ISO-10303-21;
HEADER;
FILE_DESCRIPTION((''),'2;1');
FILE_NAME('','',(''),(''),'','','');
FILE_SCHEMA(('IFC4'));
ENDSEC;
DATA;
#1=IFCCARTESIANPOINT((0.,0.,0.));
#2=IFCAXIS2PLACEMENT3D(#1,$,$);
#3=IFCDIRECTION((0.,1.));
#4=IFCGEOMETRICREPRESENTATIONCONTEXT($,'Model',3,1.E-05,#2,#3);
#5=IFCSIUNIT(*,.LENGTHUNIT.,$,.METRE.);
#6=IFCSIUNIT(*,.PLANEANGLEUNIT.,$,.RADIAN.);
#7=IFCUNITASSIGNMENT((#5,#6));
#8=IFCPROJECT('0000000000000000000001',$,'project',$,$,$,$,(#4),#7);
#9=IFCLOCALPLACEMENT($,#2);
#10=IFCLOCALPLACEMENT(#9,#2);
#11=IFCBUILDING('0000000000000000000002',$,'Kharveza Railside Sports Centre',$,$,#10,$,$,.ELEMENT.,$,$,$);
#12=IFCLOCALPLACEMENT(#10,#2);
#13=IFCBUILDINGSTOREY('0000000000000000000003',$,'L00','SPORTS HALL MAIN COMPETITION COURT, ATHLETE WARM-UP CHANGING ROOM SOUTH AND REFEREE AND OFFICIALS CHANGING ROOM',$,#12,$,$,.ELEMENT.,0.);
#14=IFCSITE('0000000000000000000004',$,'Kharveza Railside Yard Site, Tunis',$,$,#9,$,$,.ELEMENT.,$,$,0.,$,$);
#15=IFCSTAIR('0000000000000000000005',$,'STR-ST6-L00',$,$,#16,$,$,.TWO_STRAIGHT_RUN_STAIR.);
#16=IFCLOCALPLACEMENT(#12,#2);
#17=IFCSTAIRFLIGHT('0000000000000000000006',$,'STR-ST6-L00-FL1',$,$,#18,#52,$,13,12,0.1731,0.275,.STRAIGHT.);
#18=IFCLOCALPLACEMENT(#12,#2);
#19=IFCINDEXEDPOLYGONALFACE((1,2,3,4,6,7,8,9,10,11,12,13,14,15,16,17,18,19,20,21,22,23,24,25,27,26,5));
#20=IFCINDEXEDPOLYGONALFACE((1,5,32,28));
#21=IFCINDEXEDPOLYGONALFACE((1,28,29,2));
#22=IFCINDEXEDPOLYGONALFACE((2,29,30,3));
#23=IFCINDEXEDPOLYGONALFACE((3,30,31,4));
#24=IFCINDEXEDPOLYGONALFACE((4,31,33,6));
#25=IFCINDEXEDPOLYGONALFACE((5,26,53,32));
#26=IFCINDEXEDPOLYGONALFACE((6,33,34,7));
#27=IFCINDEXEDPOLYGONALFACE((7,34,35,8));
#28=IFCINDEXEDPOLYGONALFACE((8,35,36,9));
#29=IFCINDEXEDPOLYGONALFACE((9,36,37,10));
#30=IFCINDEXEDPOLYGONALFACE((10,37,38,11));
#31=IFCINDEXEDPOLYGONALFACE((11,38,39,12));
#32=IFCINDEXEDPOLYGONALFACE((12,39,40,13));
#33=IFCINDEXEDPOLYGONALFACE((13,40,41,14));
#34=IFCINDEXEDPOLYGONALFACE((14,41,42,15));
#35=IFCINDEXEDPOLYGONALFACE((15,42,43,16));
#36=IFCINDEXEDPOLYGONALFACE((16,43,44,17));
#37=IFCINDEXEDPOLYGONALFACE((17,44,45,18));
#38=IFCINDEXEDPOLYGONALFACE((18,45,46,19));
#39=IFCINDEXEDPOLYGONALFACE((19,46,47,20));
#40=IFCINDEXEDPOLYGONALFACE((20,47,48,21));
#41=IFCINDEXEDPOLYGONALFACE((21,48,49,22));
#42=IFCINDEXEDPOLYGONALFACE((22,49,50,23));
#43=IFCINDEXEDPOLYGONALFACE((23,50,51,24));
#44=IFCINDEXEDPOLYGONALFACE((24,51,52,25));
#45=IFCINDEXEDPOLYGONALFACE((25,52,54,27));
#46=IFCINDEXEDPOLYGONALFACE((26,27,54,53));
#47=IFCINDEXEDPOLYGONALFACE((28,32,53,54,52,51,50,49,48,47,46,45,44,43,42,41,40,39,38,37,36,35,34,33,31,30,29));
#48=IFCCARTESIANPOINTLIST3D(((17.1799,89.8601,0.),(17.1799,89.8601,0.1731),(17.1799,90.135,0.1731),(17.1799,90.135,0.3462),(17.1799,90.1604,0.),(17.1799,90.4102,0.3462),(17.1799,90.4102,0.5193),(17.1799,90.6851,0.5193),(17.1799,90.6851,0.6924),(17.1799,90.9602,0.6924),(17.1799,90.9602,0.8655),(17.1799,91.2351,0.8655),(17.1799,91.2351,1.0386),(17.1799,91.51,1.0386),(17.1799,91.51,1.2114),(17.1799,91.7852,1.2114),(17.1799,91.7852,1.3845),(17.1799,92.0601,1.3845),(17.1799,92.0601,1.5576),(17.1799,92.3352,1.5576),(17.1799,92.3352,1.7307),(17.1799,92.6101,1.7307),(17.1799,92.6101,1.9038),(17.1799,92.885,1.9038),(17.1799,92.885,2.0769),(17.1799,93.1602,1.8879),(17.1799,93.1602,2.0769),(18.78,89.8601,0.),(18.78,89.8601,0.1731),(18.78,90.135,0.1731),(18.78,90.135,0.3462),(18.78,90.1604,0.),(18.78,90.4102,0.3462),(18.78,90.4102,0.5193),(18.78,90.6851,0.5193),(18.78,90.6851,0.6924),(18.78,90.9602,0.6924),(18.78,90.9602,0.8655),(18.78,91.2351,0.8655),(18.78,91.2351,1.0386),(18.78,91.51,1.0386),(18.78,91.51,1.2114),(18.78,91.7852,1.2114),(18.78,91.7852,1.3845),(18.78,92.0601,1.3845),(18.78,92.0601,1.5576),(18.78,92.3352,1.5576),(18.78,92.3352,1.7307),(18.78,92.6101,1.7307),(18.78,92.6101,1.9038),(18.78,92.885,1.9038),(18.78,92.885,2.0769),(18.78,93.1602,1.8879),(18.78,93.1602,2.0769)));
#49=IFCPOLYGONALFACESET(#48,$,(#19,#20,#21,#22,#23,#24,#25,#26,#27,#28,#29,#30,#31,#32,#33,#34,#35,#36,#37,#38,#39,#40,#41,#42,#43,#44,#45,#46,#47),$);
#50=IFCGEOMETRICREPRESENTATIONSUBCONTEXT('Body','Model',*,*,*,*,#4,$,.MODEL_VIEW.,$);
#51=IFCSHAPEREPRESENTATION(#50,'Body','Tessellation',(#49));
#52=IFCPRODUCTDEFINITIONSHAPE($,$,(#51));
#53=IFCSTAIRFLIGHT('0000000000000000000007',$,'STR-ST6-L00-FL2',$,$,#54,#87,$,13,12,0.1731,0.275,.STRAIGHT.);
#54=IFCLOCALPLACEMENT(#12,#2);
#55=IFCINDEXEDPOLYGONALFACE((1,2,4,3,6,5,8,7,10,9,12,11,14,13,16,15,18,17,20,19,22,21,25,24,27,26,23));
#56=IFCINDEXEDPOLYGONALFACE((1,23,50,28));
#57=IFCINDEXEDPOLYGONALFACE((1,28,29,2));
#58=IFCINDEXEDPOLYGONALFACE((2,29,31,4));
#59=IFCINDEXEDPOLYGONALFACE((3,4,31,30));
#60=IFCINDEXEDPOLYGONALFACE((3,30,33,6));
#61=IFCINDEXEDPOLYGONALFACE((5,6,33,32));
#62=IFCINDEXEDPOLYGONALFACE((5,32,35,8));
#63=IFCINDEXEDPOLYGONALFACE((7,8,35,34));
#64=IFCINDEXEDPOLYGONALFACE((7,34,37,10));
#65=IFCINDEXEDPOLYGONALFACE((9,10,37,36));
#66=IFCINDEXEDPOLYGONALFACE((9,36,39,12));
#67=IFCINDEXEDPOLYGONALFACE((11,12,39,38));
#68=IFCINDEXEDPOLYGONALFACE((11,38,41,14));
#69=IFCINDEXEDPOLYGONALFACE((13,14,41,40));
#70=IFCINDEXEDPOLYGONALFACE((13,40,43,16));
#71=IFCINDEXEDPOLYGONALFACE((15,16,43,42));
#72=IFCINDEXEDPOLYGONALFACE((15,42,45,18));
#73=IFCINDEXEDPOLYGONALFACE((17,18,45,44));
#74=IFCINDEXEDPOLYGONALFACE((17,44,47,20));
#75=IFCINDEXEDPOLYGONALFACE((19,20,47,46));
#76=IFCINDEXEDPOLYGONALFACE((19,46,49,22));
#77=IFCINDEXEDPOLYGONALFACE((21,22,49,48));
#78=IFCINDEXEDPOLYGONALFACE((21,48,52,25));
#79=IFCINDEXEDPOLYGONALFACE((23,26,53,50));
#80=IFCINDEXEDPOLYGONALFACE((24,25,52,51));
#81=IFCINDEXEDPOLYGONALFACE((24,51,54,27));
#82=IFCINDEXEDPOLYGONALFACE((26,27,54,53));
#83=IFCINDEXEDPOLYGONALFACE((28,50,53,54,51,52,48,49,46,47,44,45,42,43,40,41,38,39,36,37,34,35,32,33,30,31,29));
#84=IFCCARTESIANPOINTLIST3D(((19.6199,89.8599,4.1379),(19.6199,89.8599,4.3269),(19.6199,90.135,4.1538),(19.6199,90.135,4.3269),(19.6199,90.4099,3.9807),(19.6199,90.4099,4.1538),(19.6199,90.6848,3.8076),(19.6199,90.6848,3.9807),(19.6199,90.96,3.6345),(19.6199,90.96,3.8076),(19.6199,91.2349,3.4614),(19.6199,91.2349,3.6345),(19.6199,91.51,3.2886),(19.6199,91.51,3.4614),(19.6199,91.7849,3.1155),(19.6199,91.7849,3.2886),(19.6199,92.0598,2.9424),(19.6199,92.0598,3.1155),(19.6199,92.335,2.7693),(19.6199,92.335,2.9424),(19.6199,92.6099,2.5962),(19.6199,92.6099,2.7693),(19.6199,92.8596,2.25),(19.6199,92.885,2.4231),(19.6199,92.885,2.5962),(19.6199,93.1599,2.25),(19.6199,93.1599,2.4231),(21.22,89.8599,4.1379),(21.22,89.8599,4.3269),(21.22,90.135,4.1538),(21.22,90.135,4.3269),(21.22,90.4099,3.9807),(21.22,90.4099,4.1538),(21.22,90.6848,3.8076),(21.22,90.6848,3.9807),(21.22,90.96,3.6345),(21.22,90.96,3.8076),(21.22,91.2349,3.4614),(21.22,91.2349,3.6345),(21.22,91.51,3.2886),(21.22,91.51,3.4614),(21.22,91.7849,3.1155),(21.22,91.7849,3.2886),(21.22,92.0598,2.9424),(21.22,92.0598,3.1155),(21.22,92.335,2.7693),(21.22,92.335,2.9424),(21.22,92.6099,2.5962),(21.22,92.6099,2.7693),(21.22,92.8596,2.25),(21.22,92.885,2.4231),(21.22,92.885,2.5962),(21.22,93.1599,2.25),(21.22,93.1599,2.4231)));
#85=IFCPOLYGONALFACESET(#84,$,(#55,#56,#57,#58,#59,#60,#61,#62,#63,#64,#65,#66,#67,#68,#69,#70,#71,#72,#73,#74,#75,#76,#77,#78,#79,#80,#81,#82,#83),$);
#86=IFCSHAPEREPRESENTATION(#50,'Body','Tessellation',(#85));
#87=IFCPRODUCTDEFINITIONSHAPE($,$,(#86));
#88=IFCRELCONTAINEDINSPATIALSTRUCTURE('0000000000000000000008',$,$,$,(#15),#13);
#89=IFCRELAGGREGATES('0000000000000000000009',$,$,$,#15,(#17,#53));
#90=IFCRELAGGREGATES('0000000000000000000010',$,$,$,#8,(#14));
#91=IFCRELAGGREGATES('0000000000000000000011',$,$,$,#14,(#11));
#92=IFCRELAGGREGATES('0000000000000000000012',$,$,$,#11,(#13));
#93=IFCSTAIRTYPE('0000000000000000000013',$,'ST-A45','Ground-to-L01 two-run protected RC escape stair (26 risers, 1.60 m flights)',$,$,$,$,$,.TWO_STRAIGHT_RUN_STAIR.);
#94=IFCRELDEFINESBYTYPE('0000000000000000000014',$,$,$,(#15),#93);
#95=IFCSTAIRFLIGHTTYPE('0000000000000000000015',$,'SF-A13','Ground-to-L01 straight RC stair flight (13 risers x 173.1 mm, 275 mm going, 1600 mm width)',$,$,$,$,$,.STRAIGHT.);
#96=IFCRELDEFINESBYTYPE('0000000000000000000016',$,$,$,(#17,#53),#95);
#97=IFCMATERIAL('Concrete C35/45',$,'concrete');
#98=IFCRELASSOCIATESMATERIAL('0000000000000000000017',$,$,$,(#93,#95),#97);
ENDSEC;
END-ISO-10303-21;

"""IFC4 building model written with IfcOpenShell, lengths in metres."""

from ifc_helpers import new_model, si_unit, direction, frame, origin, place, context, subcontext, project, spatial, polyline, outline, extrude, material, type_object, element, aggregate, save


model = new_model("IFC4")

# Units and contexts
model_context = context("Model", 3, precision=1e-05, world=origin(), true_north=direction((0.0, 1.0)))
body_context = subcontext(model_context, "Body", "Model", "MODEL_VIEW")
ifc_project = project(units=[si_unit("LENGTHUNIT", "METRE"), si_unit("PLANEANGLEUNIT", "RADIAN")], contexts=[model_context])

# Site, building, storey
site_placement = place(None, origin())
site = spatial("IfcSite", under=ifc_project, at=site_placement, Name="Kharveza Railside Yard Site, Tunis", CompositionType="ELEMENT", RefElevation=0.0)
building_placement = place(site_placement, origin())
building = spatial("IfcBuilding", under=site, at=building_placement, Name="Kharveza Railside Sports Centre", CompositionType="ELEMENT")
storey_placement = place(building_placement, origin())
storey = spatial("IfcBuildingStorey", under=building, at=storey_placement, Name="L00", Description="SPORTS HALL MAIN COMPETITION COURT, ATHLETE WARM-UP CHANGING ROOM SOUTH AND REFEREE AND OFFICIALS CHANGING ROOM", CompositionType="ELEMENT", Elevation=0.0)

# Shared definitions
ifc_material_1 = material(Name="Concrete C35/45", Category="concrete")

# Stair, stair flights
stair_type = type_object("IfcStairType", Name="ST-A45", Description="Ground-to-L01 two-run protected RC escape stair (26 risers, 1.60 m flights)", PredefinedType="TWO_STRAIGHT_RUN_STAIR", material=ifc_material_1)
stair_placement = place(storey_placement, origin())
stair = element("IfcStair", 1, at=stair_placement, inside=storey, type_object=stair_type, Name="STR-ST6-L00", PredefinedType="TWO_STRAIGHT_RUN_STAIR")
stair_flight_type = type_object("IfcStairFlightType", Name="SF-A13", Description="Ground-to-L01 straight RC stair flight (13 risers x 173.1 mm, 275 mm going, 1600 mm width)", PredefinedType="STRAIGHT", material=ifc_material_1)
stair_flight_1_placement = place(storey_placement, frame((17.98, 89.8601, 0.0), z_axis=(0.0, 0.0, 1.0), x_axis=(0.0, 1.0, 0.0)))
stair_flight_1 = element("IfcStairFlight", 2, at=stair_flight_1_placement, type_object=stair_flight_type, Name="STR-ST6-L00-FL1", NumberOfRisers=13, NumberOfTreads=12, PredefinedType="STRAIGHT", RiserHeight=0.1731, TreadLength=0.275, context=body_context, shape_type="SweptSolid", body=[
    extrude(outline(polyline([(0.0, 0.0), (0.0, 0.1731), (0.2749, 0.1731), (0.2749, 0.3462), (0.55, 0.3462), (0.55, 0.5193), (0.825, 0.5193), (0.825, 0.6924), (1.1001, 0.6924), (1.1001, 0.8655), (1.375, 0.8655), (1.375, 1.0386), (1.6499, 1.0386), (1.6499, 1.2114), (1.925, 1.2114), (1.925, 1.3845), (2.2, 1.3845), (2.2, 1.5576), (2.4751, 1.5576), (2.4751, 1.7307), (2.75, 1.7307), (2.75, 1.9038), (3.0249, 1.9038), (3.0249, 2.0769), (3.3, 2.0769), (3.3, 2.25), (3.3, 1.8879), (0.3003, 0.0), (0.0, 0.0)])), frame((0.0, 0.8, 0.0), z_axis=(0.0, -1.0, 0.0), x_axis=(1.0, 0.0, 0.0)), (0.0, 0.0, 1.0), 1.6001),
])
stair_flight_2_placement = place(storey_placement, frame((20.4199, 93.1599, 2.25), z_axis=(0.0, 0.0, 1.0), x_axis=(0.0, -1.0, 0.0)))
stair_flight_2 = element("IfcStairFlight", 3, at=stair_flight_2_placement, type_object=stair_flight_type, Name="STR-ST6-L00-FL2", NumberOfRisers=13, NumberOfTreads=12, PredefinedType="STRAIGHT", RiserHeight=0.1731, TreadLength=0.275, context=body_context, shape_type="SweptSolid", body=[
    extrude(outline(polyline([(0.0, 0.0), (0.0, 0.1731), (0.2749, 0.1731), (0.2749, 0.3462), (0.55, 0.3462), (0.55, 0.5193), (0.825, 0.5193), (0.825, 0.6924), (1.1001, 0.6924), (1.1001, 0.8655), (1.375, 0.8655), (1.375, 1.0386), (1.6499, 1.0386), (1.6499, 1.2114), (1.925, 1.2114), (1.925, 1.3845), (2.2, 1.3845), (2.2, 1.5576), (2.4751, 1.5576), (2.4751, 1.7307), (2.75, 1.7307), (2.75, 1.9038), (3.0249, 1.9038), (3.0249, 2.0769), (3.3, 2.0769), (3.3, 2.25), (3.3, 1.8879), (0.3003, 0.0), (0.0, 0.0)])), frame((0.0, 0.8, 0.0), z_axis=(0.0, -1.0, 0.0), x_axis=(1.0, 0.0, 0.0)), (0.0, 0.0, 1.0), 1.6001),
])
aggregate(stair, [stair_flight_1, stair_flight_2])

save(model, "model.ifc")
